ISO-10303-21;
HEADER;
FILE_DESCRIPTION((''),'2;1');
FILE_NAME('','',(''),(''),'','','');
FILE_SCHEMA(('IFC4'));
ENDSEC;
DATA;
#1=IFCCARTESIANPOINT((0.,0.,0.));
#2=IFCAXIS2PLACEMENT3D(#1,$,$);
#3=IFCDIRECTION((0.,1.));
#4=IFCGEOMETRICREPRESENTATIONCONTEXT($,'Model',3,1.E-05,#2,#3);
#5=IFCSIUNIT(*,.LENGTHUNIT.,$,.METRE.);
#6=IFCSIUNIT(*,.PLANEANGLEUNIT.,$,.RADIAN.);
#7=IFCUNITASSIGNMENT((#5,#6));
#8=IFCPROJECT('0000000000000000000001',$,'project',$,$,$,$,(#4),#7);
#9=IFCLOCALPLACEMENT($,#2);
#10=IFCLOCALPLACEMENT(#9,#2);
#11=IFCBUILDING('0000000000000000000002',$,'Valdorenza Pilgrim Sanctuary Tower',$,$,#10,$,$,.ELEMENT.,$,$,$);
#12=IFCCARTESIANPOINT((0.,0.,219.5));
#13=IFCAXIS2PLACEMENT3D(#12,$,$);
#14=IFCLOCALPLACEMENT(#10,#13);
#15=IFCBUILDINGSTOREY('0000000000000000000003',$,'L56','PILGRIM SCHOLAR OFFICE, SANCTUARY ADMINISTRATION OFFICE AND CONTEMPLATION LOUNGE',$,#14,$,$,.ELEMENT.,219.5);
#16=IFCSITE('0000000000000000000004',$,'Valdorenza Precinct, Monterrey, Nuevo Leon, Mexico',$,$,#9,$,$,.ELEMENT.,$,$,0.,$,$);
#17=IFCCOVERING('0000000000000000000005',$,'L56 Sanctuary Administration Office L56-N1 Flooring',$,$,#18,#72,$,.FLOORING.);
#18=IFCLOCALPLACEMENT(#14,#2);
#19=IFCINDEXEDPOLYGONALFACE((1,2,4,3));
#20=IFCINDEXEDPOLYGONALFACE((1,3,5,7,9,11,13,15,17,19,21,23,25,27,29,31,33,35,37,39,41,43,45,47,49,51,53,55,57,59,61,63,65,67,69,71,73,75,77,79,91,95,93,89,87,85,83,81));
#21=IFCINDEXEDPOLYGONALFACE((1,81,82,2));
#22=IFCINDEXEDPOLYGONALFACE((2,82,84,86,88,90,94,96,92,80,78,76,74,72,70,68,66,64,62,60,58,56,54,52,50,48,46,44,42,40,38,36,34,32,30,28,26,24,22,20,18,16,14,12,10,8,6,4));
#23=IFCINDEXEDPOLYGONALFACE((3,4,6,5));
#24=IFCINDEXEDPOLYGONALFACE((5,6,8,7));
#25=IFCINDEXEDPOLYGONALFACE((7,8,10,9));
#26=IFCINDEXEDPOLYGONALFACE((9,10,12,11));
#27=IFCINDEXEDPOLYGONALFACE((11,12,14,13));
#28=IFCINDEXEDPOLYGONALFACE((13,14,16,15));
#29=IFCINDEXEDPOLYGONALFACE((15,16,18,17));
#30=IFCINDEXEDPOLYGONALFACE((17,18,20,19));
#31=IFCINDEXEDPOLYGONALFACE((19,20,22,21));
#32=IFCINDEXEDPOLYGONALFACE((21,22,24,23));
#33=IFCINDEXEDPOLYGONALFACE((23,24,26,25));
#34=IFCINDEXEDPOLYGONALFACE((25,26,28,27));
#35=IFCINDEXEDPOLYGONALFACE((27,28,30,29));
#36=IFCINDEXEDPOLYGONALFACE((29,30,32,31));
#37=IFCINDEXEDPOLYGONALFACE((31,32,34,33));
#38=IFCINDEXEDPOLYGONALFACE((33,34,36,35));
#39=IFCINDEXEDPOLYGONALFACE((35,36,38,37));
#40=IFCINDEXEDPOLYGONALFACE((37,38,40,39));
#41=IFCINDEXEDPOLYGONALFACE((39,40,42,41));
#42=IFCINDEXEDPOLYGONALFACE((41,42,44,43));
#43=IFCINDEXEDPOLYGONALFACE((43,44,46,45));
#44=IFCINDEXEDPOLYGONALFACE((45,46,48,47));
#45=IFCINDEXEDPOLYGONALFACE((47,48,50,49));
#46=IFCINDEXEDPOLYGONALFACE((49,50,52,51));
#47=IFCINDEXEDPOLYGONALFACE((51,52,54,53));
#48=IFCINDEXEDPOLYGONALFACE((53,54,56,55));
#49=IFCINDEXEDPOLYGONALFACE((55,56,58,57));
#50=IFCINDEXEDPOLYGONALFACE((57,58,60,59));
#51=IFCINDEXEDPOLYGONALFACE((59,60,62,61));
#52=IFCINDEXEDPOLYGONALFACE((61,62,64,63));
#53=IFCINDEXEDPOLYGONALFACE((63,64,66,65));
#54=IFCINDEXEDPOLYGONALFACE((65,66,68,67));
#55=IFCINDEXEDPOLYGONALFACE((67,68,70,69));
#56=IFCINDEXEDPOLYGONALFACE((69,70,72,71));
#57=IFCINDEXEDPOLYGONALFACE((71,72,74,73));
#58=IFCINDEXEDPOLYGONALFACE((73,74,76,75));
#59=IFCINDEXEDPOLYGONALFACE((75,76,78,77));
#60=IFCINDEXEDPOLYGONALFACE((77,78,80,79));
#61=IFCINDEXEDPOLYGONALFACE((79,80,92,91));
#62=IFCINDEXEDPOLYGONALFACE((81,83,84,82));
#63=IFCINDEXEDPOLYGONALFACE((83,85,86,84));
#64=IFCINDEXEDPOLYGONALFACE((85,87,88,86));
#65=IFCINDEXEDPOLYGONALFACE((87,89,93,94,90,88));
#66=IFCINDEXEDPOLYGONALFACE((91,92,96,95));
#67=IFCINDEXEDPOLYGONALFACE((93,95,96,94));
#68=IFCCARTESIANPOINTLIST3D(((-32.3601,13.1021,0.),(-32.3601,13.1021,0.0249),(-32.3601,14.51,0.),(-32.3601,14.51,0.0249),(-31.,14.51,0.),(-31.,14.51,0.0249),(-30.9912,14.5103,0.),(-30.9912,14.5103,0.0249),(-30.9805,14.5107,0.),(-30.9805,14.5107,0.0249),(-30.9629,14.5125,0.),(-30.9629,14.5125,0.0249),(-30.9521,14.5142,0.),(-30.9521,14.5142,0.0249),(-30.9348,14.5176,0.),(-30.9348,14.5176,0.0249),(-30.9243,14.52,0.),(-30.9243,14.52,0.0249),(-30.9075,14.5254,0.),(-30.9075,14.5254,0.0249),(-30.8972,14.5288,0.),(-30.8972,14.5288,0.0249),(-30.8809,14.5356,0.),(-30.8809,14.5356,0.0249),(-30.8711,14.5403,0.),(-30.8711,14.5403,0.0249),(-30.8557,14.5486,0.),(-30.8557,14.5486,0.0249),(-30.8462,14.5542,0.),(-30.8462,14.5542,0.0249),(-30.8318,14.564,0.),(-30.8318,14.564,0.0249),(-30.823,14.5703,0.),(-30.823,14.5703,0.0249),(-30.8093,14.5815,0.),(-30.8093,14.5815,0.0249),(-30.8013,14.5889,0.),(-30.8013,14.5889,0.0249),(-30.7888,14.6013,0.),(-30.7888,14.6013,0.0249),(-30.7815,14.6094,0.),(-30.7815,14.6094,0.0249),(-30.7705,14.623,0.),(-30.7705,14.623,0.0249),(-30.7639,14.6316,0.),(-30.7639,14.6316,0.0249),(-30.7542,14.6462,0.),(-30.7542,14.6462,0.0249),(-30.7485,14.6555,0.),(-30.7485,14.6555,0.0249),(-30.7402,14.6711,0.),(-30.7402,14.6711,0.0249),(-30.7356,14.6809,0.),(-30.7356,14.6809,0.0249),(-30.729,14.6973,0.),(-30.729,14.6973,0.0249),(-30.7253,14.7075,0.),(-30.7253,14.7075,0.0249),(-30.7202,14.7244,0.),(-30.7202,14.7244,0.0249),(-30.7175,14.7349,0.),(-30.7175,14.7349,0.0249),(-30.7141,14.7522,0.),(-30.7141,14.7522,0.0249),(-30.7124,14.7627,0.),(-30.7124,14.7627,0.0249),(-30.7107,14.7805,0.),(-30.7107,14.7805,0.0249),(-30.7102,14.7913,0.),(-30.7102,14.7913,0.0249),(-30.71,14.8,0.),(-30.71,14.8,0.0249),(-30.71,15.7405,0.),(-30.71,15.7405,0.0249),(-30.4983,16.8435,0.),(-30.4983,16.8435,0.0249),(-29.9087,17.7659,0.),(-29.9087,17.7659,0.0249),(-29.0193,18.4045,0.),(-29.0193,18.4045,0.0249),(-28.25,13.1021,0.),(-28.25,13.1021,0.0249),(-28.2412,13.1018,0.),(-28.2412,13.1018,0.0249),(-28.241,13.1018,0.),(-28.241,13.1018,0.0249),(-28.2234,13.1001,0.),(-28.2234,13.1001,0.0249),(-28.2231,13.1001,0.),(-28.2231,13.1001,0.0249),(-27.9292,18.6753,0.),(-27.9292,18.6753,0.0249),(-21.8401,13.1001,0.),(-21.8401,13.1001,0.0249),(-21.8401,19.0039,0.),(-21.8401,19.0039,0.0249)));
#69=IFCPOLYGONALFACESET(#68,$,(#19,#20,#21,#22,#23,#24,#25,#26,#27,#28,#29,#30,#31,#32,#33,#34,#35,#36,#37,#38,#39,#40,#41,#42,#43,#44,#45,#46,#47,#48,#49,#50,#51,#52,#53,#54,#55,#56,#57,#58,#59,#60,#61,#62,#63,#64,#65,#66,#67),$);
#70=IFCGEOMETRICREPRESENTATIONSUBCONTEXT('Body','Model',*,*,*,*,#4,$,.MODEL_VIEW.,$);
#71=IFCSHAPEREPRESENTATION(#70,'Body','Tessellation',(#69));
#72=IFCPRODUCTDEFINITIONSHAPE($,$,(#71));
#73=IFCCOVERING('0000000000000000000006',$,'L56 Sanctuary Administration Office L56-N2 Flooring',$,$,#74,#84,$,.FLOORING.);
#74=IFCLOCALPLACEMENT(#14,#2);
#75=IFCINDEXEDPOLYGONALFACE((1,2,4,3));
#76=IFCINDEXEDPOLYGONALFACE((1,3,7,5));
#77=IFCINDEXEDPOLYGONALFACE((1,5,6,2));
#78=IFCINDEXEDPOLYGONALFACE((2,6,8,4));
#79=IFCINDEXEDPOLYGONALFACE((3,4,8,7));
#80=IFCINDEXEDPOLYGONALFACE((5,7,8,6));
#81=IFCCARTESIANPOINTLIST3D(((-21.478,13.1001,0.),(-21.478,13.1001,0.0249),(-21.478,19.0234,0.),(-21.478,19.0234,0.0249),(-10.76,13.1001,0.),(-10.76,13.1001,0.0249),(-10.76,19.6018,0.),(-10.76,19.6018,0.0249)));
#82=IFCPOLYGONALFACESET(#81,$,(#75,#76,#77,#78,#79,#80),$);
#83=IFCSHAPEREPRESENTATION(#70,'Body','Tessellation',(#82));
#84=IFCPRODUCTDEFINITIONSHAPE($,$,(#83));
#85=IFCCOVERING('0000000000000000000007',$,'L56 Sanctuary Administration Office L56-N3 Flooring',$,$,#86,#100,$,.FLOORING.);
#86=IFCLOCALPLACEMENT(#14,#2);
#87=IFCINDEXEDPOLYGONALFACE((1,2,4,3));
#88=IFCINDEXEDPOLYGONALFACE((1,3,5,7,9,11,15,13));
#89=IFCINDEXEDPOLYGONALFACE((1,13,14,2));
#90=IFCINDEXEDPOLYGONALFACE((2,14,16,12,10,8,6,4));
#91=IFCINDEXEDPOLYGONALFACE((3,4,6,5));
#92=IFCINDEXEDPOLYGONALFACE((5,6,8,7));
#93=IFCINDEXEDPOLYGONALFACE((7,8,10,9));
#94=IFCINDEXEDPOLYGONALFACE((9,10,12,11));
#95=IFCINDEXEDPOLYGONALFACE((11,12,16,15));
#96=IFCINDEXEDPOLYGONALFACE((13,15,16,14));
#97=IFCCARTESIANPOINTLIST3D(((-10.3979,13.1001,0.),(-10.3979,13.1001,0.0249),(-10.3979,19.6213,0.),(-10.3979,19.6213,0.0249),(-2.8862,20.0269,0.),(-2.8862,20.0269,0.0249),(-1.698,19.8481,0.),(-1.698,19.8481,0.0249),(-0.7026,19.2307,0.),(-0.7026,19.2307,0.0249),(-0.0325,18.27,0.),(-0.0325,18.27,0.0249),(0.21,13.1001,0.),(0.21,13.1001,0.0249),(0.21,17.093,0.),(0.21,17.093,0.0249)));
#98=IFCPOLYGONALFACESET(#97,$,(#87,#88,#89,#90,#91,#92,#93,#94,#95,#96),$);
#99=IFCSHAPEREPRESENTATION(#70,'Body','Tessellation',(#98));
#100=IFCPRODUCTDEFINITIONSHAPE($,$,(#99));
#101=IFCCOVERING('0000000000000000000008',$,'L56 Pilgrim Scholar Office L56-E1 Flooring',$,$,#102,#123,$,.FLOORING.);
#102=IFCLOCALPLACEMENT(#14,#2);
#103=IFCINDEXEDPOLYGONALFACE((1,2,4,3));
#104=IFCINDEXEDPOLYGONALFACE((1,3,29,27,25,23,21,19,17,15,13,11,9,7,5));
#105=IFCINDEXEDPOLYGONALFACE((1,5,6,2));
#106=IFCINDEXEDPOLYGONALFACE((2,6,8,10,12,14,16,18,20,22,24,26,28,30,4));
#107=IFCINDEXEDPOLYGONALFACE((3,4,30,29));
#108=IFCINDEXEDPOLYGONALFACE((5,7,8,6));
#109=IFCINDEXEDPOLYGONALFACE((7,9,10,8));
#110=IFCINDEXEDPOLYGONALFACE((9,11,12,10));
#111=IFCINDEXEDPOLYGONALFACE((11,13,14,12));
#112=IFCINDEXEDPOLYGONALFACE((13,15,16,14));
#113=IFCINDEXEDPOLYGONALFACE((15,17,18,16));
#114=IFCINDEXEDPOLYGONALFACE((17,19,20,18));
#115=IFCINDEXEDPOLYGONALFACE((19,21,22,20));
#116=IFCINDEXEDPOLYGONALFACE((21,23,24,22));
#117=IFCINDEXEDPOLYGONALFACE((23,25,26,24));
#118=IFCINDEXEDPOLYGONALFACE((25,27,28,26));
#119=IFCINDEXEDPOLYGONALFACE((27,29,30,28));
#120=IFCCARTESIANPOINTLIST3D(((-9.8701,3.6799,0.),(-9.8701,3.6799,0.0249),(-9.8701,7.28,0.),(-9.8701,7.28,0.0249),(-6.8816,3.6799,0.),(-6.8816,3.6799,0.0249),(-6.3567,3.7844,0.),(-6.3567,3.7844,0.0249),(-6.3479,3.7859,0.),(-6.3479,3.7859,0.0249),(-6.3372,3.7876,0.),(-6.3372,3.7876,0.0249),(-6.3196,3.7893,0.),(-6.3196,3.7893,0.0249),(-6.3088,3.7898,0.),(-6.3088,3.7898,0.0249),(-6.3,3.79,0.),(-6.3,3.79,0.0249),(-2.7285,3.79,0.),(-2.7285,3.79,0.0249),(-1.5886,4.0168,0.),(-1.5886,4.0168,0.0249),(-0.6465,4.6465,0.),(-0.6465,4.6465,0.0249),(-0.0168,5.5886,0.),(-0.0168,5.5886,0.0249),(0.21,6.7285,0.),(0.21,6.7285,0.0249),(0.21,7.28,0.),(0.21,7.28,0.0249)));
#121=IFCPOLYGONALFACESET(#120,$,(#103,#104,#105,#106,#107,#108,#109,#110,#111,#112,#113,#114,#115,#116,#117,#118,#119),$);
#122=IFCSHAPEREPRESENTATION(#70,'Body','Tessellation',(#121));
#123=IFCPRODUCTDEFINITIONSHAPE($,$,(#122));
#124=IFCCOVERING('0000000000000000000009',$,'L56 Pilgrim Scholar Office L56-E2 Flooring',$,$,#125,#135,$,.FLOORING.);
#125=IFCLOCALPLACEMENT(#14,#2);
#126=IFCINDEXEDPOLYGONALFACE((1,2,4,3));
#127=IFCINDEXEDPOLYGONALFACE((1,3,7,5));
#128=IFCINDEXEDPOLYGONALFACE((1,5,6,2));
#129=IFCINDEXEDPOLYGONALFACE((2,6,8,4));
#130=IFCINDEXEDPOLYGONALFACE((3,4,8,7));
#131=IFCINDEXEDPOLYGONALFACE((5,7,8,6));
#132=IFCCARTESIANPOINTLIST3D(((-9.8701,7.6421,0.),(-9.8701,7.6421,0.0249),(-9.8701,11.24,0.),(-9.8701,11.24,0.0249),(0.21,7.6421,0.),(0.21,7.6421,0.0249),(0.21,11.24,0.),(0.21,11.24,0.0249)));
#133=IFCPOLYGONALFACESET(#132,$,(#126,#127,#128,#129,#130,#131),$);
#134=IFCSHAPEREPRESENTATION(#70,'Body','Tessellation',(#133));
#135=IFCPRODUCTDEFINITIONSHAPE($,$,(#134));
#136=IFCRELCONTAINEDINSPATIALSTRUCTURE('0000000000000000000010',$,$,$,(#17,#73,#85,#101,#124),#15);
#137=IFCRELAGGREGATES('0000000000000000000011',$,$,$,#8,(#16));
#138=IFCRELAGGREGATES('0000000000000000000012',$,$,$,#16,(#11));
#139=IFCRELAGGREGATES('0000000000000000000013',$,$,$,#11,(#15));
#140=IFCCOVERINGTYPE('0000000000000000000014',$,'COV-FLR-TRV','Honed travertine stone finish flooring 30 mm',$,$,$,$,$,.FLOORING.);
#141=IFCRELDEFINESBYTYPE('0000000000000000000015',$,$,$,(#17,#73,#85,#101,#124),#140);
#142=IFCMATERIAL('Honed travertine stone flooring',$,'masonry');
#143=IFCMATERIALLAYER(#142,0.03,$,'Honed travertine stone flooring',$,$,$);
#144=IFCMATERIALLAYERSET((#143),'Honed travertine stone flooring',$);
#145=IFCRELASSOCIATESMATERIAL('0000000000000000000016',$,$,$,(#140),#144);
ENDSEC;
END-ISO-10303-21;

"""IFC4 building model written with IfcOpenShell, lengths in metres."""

from ifc_helpers import new_model, si_unit, direction, frame, origin, place, context, subcontext, project, spatial, polyline, outline, extrude, material, layer, layer_set, type_object, element, save


model = new_model("IFC4")

# Units and contexts
model_context = context("Model", 3, precision=1e-05, world=origin(), true_north=direction((0.0, 1.0)))
body_context = subcontext(model_context, "Body", "Model", "MODEL_VIEW")
ifc_project = project(units=[si_unit("LENGTHUNIT", "METRE"), si_unit("PLANEANGLEUNIT", "RADIAN")], contexts=[model_context])

# Site, building, storey
site_placement = place(None, origin())
site = spatial("IfcSite", under=ifc_project, at=site_placement, Name="Valdorenza Precinct, Monterrey, Nuevo Leon, Mexico", CompositionType="ELEMENT", RefElevation=0.0)
building_placement = place(site_placement, origin())
building = spatial("IfcBuilding", under=site, at=building_placement, Name="Valdorenza Pilgrim Sanctuary Tower", CompositionType="ELEMENT")
storey_placement = place(building_placement, frame((0.0, 0.0, 219.5)))
storey = spatial("IfcBuildingStorey", under=building, at=storey_placement, Name="L56", Description="PILGRIM SCHOLAR OFFICE, SANCTUARY ADMINISTRATION OFFICE AND CONTEMPLATION LOUNGE", CompositionType="ELEMENT", Elevation=219.5)

# Coverings
ifc_material_1 = material(Name="Honed travertine stone flooring", Category="masonry")
ifc_layer_1 = layer(ifc_material_1, 0.03, Name="Honed travertine stone flooring")
ifc_layer_set_1 = layer_set([ifc_layer_1], Name="Honed travertine stone flooring")
covering_type_1 = type_object("IfcCoveringType", Name="COV-FLR-TRV", Description="Honed travertine stone finish flooring 30 mm", PredefinedType="FLOORING", material=ifc_layer_set_1)
covering_1_placement = place(storey_placement, origin())
element("IfcCovering", 1, at=covering_1_placement, inside=storey, type_object=covering_type_1, Name="L56 Sanctuary Administration Office L56-N1 Flooring", PredefinedType="FLOORING", context=body_context, shape_type="SweptSolid", body=[
    extrude(outline(polyline([(-28.2231, 13.1001), (-28.2231, 13.1001), (-28.2234, 13.1001), (-28.241, 13.1018), (-28.2412, 13.1018), (-28.25, 13.1021), (-32.3601, 13.1021), (-32.3601, 14.51), (-31.0, 14.51), (-30.9912, 14.5103), (-30.9805, 14.5107), (-30.9629, 14.5125), (-30.9521, 14.5142), (-30.9348, 14.5176), (-30.9243, 14.52), (-30.9075, 14.5254), (-30.8972, 14.5288), (-30.8809, 14.5356), (-30.8711, 14.5403), (-30.8557, 14.5486), (-30.8462, 14.5542), (-30.8318, 14.564), (-30.823, 14.5703), (-30.8093, 14.5815), (-30.8013, 14.5889), (-30.7888, 14.6013), (-30.7815, 14.6094), (-30.7705, 14.623), (-30.7639, 14.6316), (-30.7542, 14.6462), (-30.7485, 14.6555), (-30.7402, 14.6711), (-30.7356, 14.6809), (-30.729, 14.6973), (-30.7253, 14.7075), (-30.7202, 14.7244), (-30.7175, 14.7349), (-30.7141, 14.7522), (-30.7124, 14.7627), (-30.7107, 14.7805), (-30.7102, 14.7913), (-30.71, 14.8), (-30.71, 15.7405), (-30.4983, 16.8435), (-29.9087, 17.7659), (-29.0193, 18.4045), (-27.9292, 18.6753), (-21.8401, 19.0039), (-21.8401, 13.1001), (-28.2231, 13.1001)])), origin(), (0.0, 0.0, 1.0), 0.0249),
])
covering_2_placement = place(storey_placement, origin())
element("IfcCovering", 2, at=covering_2_placement, inside=storey, type_object=covering_type_1, Name="L56 Sanctuary Administration Office L56-N2 Flooring", PredefinedType="FLOORING", context=body_context, shape_type="SweptSolid", body=[
    extrude(outline(polyline([(-21.478, 13.1001), (-21.478, 19.0234), (-10.76, 19.6018), (-10.76, 13.1001), (-21.478, 13.1001)])), origin(), (0.0, 0.0, 1.0), 0.0249),
])
covering_3_placement = place(storey_placement, origin())
element("IfcCovering", 3, at=covering_3_placement, inside=storey, type_object=covering_type_1, Name="L56 Sanctuary Administration Office L56-N3 Flooring", PredefinedType="FLOORING", context=body_context, shape_type="SweptSolid", body=[
    extrude(outline(polyline([(-2.8862, 20.0269), (-1.698, 19.8481), (-0.7026, 19.2307), (-0.0325, 18.27), (0.21, 17.093), (0.21, 13.1001), (-10.3979, 13.1001), (-10.3979, 19.6213), (-2.8862, 20.0269)])), origin(), (0.0, 0.0, 1.0), 0.0249),
])
covering_4_placement = place(storey_placement, origin())
element("IfcCovering", 4, at=covering_4_placement, inside=storey, type_object=covering_type_1, Name="L56 Pilgrim Scholar Office L56-E1 Flooring", PredefinedType="FLOORING", context=body_context, shape_type="SweptSolid", body=[
    extrude(outline(polyline([(-9.8701, 7.28), (0.21, 7.28), (0.21, 6.7285), (-0.0168, 5.5886), (-0.6465, 4.6465), (-1.5886, 4.0168), (-2.7285, 3.79), (-6.3, 3.79), (-6.3088, 3.7898), (-6.3196, 3.7893), (-6.3372, 3.7876), (-6.3479, 3.7859), (-6.3567, 3.7844), (-6.8816, 3.6799), (-9.8701, 3.6799), (-9.8701, 7.28)])), origin(), (0.0, 0.0, 1.0), 0.0249),
])
covering_5_placement = place(storey_placement, origin())
element("IfcCovering", 5, at=covering_5_placement, inside=storey, type_object=covering_type_1, Name="L56 Pilgrim Scholar Office L56-E2 Flooring", PredefinedType="FLOORING", context=body_context, shape_type="SweptSolid", body=[
    extrude(outline(polyline([(-9.8701, 11.24), (0.21, 11.24), (0.21, 7.6421), (-9.8701, 7.6421), (-9.8701, 11.24)])), origin(), (0.0, 0.0, 1.0), 0.0249),
])

save(model, "model.ifc")
